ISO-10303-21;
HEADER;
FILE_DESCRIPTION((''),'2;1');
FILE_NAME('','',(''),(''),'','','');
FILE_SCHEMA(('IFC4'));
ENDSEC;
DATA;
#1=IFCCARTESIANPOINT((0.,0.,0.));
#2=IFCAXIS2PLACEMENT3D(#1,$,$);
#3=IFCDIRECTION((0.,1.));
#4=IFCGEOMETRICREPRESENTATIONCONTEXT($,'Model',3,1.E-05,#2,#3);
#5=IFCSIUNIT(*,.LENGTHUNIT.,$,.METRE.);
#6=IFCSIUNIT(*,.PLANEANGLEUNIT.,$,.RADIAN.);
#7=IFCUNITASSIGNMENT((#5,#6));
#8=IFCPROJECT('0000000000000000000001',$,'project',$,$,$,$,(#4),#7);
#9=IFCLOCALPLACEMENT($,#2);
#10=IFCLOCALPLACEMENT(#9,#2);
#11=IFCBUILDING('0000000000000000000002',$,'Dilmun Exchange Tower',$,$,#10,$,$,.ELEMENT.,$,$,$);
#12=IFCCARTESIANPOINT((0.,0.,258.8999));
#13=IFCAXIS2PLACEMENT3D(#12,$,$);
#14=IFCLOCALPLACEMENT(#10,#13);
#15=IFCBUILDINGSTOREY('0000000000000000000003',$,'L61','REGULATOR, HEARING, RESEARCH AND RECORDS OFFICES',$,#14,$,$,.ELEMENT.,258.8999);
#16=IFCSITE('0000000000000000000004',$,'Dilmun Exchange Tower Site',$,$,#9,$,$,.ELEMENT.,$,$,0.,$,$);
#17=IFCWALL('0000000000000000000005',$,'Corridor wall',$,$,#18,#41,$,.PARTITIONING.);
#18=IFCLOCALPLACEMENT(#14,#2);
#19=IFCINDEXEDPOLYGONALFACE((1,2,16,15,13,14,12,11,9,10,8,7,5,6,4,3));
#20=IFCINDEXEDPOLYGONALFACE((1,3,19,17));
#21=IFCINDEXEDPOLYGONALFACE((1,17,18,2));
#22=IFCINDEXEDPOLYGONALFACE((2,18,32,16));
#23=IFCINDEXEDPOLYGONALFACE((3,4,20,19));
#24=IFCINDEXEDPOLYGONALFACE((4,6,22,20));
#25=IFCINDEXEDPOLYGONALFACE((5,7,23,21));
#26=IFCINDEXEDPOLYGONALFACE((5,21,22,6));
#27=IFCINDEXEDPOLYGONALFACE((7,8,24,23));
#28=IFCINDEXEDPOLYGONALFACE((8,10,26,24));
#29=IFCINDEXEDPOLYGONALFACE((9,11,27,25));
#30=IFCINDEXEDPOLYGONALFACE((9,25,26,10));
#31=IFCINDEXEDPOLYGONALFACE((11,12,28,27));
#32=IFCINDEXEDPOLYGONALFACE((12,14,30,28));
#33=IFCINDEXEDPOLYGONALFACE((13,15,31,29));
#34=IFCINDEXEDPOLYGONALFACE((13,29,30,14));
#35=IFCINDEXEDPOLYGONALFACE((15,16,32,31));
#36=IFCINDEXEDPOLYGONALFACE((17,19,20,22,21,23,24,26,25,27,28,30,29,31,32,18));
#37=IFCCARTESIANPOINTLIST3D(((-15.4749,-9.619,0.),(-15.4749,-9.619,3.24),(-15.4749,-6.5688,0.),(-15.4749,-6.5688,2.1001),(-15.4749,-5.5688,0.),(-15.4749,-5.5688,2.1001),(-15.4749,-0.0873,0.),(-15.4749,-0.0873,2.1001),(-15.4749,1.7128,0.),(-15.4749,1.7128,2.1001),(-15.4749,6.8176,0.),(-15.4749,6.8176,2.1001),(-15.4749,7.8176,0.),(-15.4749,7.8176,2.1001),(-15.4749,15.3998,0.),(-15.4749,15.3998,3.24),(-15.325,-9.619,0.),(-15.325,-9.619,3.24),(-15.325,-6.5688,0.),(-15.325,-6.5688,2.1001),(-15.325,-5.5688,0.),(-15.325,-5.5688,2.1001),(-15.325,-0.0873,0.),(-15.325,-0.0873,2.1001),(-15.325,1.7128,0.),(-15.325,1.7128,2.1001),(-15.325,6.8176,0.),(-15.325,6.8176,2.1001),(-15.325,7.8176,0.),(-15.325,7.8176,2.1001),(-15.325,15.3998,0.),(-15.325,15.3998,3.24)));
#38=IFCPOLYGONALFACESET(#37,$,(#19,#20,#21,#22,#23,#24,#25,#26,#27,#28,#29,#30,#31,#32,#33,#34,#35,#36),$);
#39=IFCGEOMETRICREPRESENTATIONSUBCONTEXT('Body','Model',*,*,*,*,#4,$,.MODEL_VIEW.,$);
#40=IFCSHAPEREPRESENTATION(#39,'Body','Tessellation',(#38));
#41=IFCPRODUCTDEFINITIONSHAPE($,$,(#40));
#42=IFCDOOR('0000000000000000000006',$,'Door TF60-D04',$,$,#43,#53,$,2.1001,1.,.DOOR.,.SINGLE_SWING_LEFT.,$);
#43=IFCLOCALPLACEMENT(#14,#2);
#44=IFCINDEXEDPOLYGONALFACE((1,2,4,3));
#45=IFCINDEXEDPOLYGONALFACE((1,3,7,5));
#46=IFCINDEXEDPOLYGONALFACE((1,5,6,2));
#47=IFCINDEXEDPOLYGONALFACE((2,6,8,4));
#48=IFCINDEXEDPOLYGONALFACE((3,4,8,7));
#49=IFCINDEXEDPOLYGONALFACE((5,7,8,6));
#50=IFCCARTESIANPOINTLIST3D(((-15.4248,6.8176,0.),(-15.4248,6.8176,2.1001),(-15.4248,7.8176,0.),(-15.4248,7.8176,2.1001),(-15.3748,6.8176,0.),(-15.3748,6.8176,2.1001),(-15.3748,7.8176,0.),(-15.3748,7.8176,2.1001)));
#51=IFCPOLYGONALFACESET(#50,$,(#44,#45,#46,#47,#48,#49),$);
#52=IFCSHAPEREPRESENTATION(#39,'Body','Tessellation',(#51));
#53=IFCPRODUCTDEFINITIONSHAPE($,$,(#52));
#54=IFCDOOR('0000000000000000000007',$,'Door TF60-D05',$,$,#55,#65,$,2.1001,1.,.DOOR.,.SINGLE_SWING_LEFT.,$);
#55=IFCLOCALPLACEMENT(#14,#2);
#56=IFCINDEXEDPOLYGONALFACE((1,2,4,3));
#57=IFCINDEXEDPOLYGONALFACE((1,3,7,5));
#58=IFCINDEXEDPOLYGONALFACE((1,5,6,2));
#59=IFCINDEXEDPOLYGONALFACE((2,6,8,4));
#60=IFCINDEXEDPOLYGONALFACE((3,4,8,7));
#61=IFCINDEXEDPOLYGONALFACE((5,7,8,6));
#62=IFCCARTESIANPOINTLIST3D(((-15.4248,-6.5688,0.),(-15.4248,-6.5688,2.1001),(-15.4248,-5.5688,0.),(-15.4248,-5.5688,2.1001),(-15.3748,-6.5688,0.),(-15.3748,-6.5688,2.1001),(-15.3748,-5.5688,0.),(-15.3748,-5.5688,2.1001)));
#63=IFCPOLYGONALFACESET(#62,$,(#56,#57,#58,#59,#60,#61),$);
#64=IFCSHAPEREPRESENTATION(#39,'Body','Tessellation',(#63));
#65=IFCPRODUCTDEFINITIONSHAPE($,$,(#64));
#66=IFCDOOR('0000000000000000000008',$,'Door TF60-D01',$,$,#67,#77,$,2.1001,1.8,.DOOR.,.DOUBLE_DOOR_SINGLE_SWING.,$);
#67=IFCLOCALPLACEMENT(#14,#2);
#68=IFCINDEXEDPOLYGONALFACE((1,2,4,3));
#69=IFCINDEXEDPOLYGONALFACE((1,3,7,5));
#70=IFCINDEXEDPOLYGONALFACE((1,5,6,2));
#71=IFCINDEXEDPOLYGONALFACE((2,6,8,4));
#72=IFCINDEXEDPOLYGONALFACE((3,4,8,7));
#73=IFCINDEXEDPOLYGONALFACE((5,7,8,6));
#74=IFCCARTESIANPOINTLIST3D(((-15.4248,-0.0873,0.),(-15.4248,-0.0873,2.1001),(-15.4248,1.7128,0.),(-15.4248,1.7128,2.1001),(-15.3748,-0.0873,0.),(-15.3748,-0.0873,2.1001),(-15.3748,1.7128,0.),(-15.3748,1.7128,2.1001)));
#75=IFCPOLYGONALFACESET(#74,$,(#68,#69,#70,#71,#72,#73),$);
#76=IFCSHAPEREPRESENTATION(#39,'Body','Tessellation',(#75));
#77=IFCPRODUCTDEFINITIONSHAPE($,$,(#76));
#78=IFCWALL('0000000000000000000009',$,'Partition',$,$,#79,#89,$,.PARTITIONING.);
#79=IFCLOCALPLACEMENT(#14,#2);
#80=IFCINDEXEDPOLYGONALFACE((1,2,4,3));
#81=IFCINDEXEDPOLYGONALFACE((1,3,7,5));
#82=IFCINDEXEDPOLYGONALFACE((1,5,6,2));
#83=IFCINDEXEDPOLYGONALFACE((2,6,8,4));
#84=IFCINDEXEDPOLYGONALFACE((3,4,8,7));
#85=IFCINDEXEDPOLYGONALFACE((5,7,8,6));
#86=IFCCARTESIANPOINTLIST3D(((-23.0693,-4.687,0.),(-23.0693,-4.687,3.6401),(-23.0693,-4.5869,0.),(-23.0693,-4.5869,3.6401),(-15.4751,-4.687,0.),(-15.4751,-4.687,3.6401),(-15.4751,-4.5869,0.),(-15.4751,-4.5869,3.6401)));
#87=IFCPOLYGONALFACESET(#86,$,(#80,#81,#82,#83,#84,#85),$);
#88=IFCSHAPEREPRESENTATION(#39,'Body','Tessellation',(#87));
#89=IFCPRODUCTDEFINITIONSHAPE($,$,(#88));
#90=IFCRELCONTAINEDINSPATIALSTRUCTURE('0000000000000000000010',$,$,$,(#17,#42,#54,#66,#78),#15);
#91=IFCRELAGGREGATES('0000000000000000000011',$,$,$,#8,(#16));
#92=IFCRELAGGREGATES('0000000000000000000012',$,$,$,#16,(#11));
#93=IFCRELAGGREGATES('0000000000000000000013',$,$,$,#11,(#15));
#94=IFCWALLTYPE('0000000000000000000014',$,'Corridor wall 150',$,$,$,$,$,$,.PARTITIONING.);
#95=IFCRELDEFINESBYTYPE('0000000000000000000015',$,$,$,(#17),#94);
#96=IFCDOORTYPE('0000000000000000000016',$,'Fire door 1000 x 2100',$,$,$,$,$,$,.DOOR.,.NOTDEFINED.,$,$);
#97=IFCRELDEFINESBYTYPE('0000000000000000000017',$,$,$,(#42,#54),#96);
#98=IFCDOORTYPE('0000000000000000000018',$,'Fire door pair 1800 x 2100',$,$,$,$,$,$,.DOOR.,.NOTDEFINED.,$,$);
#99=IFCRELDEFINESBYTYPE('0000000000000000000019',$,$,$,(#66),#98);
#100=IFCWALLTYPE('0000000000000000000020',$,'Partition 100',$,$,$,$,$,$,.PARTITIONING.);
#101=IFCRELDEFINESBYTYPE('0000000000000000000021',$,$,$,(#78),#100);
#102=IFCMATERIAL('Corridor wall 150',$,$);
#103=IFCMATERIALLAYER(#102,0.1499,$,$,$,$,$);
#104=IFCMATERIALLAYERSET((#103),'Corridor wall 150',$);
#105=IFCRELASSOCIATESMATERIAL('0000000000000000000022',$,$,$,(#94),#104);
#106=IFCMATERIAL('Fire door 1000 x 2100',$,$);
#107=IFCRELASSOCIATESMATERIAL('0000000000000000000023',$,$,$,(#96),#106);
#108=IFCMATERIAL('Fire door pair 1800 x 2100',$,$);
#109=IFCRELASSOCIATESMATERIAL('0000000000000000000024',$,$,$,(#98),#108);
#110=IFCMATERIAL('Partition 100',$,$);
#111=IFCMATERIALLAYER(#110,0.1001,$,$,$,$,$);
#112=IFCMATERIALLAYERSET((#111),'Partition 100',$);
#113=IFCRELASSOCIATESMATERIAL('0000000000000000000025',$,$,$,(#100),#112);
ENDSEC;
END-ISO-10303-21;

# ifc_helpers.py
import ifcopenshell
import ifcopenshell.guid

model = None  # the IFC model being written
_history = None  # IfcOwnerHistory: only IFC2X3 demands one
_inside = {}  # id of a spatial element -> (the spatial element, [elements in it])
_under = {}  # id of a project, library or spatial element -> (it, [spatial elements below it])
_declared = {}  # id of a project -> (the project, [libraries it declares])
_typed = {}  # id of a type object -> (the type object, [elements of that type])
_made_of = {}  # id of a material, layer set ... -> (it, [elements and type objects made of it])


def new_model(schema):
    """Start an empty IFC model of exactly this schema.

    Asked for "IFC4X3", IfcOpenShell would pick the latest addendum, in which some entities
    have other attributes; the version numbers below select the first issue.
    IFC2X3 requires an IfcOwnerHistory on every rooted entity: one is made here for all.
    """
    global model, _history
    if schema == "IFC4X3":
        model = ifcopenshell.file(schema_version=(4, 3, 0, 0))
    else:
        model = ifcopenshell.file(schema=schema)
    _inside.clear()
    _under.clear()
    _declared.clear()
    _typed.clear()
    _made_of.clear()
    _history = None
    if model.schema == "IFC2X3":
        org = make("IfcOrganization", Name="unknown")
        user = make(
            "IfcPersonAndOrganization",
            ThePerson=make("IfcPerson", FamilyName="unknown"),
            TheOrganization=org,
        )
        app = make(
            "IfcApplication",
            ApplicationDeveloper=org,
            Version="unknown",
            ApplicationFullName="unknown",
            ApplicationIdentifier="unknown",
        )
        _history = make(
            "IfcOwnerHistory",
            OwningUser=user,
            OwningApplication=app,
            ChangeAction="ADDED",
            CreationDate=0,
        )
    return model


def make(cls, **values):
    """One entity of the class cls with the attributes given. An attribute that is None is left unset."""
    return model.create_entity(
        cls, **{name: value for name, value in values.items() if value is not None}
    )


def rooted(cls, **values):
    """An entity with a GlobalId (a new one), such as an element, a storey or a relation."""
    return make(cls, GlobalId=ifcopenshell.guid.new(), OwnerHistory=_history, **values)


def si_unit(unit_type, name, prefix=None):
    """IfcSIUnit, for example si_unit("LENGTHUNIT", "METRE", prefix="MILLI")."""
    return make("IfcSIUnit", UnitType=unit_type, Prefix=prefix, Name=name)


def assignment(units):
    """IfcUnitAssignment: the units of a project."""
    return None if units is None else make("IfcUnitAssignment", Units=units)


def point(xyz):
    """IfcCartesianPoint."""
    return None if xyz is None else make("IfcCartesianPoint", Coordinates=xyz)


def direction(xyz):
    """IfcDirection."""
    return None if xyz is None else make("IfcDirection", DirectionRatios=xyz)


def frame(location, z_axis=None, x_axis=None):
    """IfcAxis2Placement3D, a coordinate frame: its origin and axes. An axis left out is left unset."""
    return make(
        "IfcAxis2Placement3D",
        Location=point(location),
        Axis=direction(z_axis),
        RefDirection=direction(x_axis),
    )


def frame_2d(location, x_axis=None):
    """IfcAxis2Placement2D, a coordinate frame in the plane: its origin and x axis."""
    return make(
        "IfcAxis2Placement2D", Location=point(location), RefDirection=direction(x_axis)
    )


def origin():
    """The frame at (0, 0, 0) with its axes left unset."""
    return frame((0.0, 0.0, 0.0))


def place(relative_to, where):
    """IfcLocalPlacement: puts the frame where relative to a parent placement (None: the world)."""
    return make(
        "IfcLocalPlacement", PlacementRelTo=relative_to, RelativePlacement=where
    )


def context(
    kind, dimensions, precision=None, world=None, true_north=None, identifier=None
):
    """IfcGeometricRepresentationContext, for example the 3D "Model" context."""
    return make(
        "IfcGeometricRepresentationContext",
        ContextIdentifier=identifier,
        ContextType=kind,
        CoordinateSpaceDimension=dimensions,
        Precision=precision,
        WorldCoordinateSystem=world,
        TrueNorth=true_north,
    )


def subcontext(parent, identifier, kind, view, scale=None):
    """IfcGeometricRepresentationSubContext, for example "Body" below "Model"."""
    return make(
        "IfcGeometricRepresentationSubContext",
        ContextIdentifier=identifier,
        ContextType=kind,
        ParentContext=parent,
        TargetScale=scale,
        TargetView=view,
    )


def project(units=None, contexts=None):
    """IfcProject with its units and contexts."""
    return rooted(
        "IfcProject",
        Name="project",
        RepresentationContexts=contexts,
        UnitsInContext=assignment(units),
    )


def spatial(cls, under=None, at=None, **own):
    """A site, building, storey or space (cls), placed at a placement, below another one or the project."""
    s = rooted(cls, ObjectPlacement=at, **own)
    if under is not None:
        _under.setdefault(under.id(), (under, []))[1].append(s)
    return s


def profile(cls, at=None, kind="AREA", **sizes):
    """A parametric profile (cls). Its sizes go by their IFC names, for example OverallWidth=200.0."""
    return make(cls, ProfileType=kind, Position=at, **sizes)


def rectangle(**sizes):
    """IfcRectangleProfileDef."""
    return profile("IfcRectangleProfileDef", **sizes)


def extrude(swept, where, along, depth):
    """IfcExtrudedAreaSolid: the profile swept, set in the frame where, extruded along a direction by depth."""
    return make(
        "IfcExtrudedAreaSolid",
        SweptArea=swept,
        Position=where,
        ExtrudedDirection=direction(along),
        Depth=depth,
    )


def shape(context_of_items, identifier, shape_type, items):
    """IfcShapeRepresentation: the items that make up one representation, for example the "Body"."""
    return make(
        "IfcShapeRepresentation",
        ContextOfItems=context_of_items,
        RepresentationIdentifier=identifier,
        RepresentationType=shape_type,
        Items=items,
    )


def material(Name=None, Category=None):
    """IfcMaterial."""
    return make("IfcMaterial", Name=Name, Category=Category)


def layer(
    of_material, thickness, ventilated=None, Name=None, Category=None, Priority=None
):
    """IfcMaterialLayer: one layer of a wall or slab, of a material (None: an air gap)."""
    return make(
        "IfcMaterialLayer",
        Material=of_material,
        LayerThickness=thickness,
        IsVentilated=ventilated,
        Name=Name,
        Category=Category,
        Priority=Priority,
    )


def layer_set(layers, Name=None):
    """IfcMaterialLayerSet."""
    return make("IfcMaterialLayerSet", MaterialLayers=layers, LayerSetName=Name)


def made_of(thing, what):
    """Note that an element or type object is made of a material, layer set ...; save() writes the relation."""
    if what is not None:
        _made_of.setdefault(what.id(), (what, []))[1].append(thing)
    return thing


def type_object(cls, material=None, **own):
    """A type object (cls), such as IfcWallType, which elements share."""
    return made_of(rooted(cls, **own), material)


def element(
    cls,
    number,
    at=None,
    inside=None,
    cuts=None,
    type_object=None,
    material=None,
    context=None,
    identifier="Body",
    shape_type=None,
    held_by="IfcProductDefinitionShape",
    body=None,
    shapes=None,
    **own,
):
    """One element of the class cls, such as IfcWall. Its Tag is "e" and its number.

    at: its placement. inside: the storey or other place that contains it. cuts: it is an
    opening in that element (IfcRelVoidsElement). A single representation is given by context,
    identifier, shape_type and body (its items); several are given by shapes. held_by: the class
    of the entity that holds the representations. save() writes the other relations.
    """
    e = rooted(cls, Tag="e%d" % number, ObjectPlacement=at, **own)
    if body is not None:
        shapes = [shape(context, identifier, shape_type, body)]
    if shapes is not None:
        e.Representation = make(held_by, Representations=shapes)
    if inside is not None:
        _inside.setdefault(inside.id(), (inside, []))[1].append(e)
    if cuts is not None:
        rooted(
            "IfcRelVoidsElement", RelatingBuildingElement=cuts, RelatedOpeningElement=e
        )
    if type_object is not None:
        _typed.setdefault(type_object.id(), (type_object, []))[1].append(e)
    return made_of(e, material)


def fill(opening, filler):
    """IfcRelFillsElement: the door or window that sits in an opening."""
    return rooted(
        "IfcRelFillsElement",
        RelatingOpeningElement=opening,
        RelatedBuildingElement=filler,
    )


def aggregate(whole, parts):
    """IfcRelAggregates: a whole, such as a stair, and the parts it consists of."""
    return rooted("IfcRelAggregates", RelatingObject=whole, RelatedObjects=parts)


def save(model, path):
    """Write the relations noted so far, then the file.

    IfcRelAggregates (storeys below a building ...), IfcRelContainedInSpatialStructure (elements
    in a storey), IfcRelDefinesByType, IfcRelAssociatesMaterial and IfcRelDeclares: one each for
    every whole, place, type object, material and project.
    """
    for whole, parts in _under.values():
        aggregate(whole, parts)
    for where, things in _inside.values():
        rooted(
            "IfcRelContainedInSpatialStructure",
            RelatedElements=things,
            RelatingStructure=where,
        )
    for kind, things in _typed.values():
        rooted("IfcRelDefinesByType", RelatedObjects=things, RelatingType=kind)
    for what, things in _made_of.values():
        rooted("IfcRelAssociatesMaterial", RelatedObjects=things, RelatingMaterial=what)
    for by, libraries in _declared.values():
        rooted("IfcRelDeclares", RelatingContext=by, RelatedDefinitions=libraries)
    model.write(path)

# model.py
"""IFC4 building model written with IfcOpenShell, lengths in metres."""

from ifc_helpers import new_model, si_unit, direction, frame, frame_2d, origin, place, context, subcontext, project, spatial, rectangle, extrude, material, layer, layer_set, type_object, element, fill, save


model = new_model("IFC4")

# Units and contexts
model_context = context("Model", 3, precision=1e-05, world=origin(), true_north=direction((0.0, 1.0)))
body_context = subcontext(model_context, "Body", "Model", "MODEL_VIEW")
ifc_project = project(units=[si_unit("LENGTHUNIT", "METRE"), si_unit("PLANEANGLEUNIT", "RADIAN")], contexts=[model_context])

# Site, building, storey
site_placement = place(None, origin())
site = spatial("IfcSite", under=ifc_project, at=site_placement, Name="Dilmun Exchange Tower Site", CompositionType="ELEMENT", RefElevation=0.0)
building_placement = place(site_placement, origin())
building = spatial("IfcBuilding", under=site, at=building_placement, Name="Dilmun Exchange Tower", CompositionType="ELEMENT")
storey_placement = place(building_placement, frame((0.0, 0.0, 258.8999)))
storey = spatial("IfcBuildingStorey", under=building, at=storey_placement, Name="L61", Description="REGULATOR, HEARING, RESEARCH AND RECORDS OFFICES", CompositionType="ELEMENT", Elevation=258.8999)

# Shared definitions
ifc_material_1 = material(Name="Corridor wall 150")
ifc_layer_1 = layer(ifc_material_1, 0.1499)
ifc_layer_set_1 = layer_set([ifc_layer_1], Name="Corridor wall 150")
wall_type_1 = type_object("IfcWallType", Name="Corridor wall 150", PredefinedType="PARTITIONING", material=ifc_layer_set_1)

# Wall, openings, doors
wall_1_placement = place(storey_placement, frame((-15.3999, -9.6189, 0.0), z_axis=(0.0, 0.0, 1.0), x_axis=(0.0, 1.0, 0.0)))
wall_1 = element("IfcWall", 1, at=wall_1_placement, inside=storey, type_object=wall_type_1, Name="Corridor wall", PredefinedType="PARTITIONING", context=body_context, shape_type="SweptSolid", body=[
    extrude(rectangle(XDim=25.0188, YDim=0.1499, at=frame_2d((12.5093, 0.0))), origin(), (0.0, 0.0, 1.0), 3.24),
])
opening_1_placement = place(wall_1_placement, frame((9.5317, 0.0, 0.0)))
opening_1 = element("IfcOpeningElement", 2, at=opening_1_placement, cuts=wall_1, PredefinedType="OPENING", context=body_context, shape_type="SweptSolid", body=[
    extrude(rectangle(XDim=1.8, YDim=2.1001, at=frame_2d((0.8999, 1.05))), frame((0.0, 0.085, 0.0), z_axis=(0.0, -1.0, 0.0), x_axis=(1.0, 0.0, 0.0)), (0.0, 0.0, 1.0), 0.1699),
])
opening_2_placement = place(wall_1_placement, frame((16.4365, 0.0, 0.0)))
opening_2 = element("IfcOpeningElement", 3, at=opening_2_placement, cuts=wall_1, PredefinedType="OPENING", context=body_context, shape_type="SweptSolid", body=[
    extrude(rectangle(XDim=1.0, YDim=2.1001, at=frame_2d((0.5, 1.05))), frame((0.0, 0.085, 0.0), z_axis=(0.0, -1.0, 0.0), x_axis=(1.0, 0.0, 0.0)), (0.0, 0.0, 1.0), 0.1699),
])
opening_3_placement = place(wall_1_placement, frame((3.05, 0.0, 0.0)))
opening_3 = element("IfcOpeningElement", 4, at=opening_3_placement, cuts=wall_1, PredefinedType="OPENING", context=body_context, shape_type="SweptSolid", body=[
    extrude(rectangle(XDim=1.0, YDim=2.1001, at=frame_2d((0.5, 1.05))), frame((0.0, 0.085, 0.0), z_axis=(0.0, -1.0, 0.0), x_axis=(1.0, 0.0, 0.0)), (0.0, 0.0, 1.0), 0.1699),
])
ifc_material_2 = material(Name="Fire door 1000 x 2100")
door_type_1 = type_object("IfcDoorType", Name="Fire door 1000 x 2100", OperationType="NOTDEFINED", PredefinedType="DOOR", material=ifc_material_2)
door_1_placement = place(opening_2_placement, origin())
door_1 = element("IfcDoor", 5, at=door_1_placement, inside=storey, type_object=door_type_1, Name="Door TF60-D04", OperationType="SINGLE_SWING_LEFT", OverallHeight=2.1001, OverallWidth=1.0, PredefinedType="DOOR", context=body_context, shape_type="SweptSolid", body=[
    extrude(rectangle(XDim=1.0, YDim=2.1001, at=frame_2d((0.5, 1.05))), frame((0.0, 0.0249, 0.0), z_axis=(0.0, -1.0, 0.0), x_axis=(1.0, 0.0, 0.0)), (0.0, 0.0, 1.0), 0.05),
])
fill(opening_2, door_1)
door_2_placement = place(opening_3_placement, origin())
door_2 = element("IfcDoor", 6, at=door_2_placement, inside=storey, type_object=door_type_1, Name="Door TF60-D05", OperationType="SINGLE_SWING_LEFT", OverallHeight=2.1001, OverallWidth=1.0, PredefinedType="DOOR", context=body_context, shape_type="SweptSolid", body=[
    extrude(rectangle(XDim=1.0, YDim=2.1001, at=frame_2d((0.5, 1.05))), frame((0.0, 0.0249, 0.0), z_axis=(0.0, -1.0, 0.0), x_axis=(1.0, 0.0, 0.0)), (0.0, 0.0, 1.0), 0.05),
])
fill(opening_3, door_2)
ifc_material_3 = material(Name="Fire door pair 1800 x 2100")
door_type_2 = type_object("IfcDoorType", Name="Fire door pair 1800 x 2100", OperationType="NOTDEFINED", PredefinedType="DOOR", material=ifc_material_3)
door_3_placement = place(opening_1_placement, origin())
door_3 = element("IfcDoor", 7, at=door_3_placement, inside=storey, type_object=door_type_2, Name="Door TF60-D01", OperationType="DOUBLE_DOOR_SINGLE_SWING", OverallHeight=2.1001, OverallWidth=1.8, PredefinedType="DOOR", context=body_context, shape_type="SweptSolid", body=[
    extrude(rectangle(XDim=1.8, YDim=2.1001, at=frame_2d((0.8999, 1.05))), frame((0.0, 0.0249, 0.0), z_axis=(0.0, -1.0, 0.0), x_axis=(1.0, 0.0, 0.0)), (0.0, 0.0, 1.0), 0.05),
])
fill(opening_1, door_3)

# Wall
ifc_material_4 = material(Name="Partition 100")
ifc_layer_2 = layer(ifc_material_4, 0.1001)
ifc_layer_set_2 = layer_set([ifc_layer_2], Name="Partition 100")
wall_type_2 = type_object("IfcWallType", Name="Partition 100", PredefinedType="PARTITIONING", material=ifc_layer_set_2)
wall_2_placement = place(storey_placement, frame((-23.0693, -4.637, 0.0), z_axis=(0.0, 0.0, 1.0), x_axis=(1.0, 0.0, 0.0)))
element("IfcWall", 8, at=wall_2_placement, inside=storey, type_object=wall_type_2, Name="Partition", PredefinedType="PARTITIONING", context=body_context, shape_type="SweptSolid", body=[
    extrude(rectangle(XDim=7.5942, YDim=0.1001, at=frame_2d((3.7971, 0.0))), origin(), (0.0, 0.0, 1.0), 3.6401),
])

save(model, "model.ifc")
